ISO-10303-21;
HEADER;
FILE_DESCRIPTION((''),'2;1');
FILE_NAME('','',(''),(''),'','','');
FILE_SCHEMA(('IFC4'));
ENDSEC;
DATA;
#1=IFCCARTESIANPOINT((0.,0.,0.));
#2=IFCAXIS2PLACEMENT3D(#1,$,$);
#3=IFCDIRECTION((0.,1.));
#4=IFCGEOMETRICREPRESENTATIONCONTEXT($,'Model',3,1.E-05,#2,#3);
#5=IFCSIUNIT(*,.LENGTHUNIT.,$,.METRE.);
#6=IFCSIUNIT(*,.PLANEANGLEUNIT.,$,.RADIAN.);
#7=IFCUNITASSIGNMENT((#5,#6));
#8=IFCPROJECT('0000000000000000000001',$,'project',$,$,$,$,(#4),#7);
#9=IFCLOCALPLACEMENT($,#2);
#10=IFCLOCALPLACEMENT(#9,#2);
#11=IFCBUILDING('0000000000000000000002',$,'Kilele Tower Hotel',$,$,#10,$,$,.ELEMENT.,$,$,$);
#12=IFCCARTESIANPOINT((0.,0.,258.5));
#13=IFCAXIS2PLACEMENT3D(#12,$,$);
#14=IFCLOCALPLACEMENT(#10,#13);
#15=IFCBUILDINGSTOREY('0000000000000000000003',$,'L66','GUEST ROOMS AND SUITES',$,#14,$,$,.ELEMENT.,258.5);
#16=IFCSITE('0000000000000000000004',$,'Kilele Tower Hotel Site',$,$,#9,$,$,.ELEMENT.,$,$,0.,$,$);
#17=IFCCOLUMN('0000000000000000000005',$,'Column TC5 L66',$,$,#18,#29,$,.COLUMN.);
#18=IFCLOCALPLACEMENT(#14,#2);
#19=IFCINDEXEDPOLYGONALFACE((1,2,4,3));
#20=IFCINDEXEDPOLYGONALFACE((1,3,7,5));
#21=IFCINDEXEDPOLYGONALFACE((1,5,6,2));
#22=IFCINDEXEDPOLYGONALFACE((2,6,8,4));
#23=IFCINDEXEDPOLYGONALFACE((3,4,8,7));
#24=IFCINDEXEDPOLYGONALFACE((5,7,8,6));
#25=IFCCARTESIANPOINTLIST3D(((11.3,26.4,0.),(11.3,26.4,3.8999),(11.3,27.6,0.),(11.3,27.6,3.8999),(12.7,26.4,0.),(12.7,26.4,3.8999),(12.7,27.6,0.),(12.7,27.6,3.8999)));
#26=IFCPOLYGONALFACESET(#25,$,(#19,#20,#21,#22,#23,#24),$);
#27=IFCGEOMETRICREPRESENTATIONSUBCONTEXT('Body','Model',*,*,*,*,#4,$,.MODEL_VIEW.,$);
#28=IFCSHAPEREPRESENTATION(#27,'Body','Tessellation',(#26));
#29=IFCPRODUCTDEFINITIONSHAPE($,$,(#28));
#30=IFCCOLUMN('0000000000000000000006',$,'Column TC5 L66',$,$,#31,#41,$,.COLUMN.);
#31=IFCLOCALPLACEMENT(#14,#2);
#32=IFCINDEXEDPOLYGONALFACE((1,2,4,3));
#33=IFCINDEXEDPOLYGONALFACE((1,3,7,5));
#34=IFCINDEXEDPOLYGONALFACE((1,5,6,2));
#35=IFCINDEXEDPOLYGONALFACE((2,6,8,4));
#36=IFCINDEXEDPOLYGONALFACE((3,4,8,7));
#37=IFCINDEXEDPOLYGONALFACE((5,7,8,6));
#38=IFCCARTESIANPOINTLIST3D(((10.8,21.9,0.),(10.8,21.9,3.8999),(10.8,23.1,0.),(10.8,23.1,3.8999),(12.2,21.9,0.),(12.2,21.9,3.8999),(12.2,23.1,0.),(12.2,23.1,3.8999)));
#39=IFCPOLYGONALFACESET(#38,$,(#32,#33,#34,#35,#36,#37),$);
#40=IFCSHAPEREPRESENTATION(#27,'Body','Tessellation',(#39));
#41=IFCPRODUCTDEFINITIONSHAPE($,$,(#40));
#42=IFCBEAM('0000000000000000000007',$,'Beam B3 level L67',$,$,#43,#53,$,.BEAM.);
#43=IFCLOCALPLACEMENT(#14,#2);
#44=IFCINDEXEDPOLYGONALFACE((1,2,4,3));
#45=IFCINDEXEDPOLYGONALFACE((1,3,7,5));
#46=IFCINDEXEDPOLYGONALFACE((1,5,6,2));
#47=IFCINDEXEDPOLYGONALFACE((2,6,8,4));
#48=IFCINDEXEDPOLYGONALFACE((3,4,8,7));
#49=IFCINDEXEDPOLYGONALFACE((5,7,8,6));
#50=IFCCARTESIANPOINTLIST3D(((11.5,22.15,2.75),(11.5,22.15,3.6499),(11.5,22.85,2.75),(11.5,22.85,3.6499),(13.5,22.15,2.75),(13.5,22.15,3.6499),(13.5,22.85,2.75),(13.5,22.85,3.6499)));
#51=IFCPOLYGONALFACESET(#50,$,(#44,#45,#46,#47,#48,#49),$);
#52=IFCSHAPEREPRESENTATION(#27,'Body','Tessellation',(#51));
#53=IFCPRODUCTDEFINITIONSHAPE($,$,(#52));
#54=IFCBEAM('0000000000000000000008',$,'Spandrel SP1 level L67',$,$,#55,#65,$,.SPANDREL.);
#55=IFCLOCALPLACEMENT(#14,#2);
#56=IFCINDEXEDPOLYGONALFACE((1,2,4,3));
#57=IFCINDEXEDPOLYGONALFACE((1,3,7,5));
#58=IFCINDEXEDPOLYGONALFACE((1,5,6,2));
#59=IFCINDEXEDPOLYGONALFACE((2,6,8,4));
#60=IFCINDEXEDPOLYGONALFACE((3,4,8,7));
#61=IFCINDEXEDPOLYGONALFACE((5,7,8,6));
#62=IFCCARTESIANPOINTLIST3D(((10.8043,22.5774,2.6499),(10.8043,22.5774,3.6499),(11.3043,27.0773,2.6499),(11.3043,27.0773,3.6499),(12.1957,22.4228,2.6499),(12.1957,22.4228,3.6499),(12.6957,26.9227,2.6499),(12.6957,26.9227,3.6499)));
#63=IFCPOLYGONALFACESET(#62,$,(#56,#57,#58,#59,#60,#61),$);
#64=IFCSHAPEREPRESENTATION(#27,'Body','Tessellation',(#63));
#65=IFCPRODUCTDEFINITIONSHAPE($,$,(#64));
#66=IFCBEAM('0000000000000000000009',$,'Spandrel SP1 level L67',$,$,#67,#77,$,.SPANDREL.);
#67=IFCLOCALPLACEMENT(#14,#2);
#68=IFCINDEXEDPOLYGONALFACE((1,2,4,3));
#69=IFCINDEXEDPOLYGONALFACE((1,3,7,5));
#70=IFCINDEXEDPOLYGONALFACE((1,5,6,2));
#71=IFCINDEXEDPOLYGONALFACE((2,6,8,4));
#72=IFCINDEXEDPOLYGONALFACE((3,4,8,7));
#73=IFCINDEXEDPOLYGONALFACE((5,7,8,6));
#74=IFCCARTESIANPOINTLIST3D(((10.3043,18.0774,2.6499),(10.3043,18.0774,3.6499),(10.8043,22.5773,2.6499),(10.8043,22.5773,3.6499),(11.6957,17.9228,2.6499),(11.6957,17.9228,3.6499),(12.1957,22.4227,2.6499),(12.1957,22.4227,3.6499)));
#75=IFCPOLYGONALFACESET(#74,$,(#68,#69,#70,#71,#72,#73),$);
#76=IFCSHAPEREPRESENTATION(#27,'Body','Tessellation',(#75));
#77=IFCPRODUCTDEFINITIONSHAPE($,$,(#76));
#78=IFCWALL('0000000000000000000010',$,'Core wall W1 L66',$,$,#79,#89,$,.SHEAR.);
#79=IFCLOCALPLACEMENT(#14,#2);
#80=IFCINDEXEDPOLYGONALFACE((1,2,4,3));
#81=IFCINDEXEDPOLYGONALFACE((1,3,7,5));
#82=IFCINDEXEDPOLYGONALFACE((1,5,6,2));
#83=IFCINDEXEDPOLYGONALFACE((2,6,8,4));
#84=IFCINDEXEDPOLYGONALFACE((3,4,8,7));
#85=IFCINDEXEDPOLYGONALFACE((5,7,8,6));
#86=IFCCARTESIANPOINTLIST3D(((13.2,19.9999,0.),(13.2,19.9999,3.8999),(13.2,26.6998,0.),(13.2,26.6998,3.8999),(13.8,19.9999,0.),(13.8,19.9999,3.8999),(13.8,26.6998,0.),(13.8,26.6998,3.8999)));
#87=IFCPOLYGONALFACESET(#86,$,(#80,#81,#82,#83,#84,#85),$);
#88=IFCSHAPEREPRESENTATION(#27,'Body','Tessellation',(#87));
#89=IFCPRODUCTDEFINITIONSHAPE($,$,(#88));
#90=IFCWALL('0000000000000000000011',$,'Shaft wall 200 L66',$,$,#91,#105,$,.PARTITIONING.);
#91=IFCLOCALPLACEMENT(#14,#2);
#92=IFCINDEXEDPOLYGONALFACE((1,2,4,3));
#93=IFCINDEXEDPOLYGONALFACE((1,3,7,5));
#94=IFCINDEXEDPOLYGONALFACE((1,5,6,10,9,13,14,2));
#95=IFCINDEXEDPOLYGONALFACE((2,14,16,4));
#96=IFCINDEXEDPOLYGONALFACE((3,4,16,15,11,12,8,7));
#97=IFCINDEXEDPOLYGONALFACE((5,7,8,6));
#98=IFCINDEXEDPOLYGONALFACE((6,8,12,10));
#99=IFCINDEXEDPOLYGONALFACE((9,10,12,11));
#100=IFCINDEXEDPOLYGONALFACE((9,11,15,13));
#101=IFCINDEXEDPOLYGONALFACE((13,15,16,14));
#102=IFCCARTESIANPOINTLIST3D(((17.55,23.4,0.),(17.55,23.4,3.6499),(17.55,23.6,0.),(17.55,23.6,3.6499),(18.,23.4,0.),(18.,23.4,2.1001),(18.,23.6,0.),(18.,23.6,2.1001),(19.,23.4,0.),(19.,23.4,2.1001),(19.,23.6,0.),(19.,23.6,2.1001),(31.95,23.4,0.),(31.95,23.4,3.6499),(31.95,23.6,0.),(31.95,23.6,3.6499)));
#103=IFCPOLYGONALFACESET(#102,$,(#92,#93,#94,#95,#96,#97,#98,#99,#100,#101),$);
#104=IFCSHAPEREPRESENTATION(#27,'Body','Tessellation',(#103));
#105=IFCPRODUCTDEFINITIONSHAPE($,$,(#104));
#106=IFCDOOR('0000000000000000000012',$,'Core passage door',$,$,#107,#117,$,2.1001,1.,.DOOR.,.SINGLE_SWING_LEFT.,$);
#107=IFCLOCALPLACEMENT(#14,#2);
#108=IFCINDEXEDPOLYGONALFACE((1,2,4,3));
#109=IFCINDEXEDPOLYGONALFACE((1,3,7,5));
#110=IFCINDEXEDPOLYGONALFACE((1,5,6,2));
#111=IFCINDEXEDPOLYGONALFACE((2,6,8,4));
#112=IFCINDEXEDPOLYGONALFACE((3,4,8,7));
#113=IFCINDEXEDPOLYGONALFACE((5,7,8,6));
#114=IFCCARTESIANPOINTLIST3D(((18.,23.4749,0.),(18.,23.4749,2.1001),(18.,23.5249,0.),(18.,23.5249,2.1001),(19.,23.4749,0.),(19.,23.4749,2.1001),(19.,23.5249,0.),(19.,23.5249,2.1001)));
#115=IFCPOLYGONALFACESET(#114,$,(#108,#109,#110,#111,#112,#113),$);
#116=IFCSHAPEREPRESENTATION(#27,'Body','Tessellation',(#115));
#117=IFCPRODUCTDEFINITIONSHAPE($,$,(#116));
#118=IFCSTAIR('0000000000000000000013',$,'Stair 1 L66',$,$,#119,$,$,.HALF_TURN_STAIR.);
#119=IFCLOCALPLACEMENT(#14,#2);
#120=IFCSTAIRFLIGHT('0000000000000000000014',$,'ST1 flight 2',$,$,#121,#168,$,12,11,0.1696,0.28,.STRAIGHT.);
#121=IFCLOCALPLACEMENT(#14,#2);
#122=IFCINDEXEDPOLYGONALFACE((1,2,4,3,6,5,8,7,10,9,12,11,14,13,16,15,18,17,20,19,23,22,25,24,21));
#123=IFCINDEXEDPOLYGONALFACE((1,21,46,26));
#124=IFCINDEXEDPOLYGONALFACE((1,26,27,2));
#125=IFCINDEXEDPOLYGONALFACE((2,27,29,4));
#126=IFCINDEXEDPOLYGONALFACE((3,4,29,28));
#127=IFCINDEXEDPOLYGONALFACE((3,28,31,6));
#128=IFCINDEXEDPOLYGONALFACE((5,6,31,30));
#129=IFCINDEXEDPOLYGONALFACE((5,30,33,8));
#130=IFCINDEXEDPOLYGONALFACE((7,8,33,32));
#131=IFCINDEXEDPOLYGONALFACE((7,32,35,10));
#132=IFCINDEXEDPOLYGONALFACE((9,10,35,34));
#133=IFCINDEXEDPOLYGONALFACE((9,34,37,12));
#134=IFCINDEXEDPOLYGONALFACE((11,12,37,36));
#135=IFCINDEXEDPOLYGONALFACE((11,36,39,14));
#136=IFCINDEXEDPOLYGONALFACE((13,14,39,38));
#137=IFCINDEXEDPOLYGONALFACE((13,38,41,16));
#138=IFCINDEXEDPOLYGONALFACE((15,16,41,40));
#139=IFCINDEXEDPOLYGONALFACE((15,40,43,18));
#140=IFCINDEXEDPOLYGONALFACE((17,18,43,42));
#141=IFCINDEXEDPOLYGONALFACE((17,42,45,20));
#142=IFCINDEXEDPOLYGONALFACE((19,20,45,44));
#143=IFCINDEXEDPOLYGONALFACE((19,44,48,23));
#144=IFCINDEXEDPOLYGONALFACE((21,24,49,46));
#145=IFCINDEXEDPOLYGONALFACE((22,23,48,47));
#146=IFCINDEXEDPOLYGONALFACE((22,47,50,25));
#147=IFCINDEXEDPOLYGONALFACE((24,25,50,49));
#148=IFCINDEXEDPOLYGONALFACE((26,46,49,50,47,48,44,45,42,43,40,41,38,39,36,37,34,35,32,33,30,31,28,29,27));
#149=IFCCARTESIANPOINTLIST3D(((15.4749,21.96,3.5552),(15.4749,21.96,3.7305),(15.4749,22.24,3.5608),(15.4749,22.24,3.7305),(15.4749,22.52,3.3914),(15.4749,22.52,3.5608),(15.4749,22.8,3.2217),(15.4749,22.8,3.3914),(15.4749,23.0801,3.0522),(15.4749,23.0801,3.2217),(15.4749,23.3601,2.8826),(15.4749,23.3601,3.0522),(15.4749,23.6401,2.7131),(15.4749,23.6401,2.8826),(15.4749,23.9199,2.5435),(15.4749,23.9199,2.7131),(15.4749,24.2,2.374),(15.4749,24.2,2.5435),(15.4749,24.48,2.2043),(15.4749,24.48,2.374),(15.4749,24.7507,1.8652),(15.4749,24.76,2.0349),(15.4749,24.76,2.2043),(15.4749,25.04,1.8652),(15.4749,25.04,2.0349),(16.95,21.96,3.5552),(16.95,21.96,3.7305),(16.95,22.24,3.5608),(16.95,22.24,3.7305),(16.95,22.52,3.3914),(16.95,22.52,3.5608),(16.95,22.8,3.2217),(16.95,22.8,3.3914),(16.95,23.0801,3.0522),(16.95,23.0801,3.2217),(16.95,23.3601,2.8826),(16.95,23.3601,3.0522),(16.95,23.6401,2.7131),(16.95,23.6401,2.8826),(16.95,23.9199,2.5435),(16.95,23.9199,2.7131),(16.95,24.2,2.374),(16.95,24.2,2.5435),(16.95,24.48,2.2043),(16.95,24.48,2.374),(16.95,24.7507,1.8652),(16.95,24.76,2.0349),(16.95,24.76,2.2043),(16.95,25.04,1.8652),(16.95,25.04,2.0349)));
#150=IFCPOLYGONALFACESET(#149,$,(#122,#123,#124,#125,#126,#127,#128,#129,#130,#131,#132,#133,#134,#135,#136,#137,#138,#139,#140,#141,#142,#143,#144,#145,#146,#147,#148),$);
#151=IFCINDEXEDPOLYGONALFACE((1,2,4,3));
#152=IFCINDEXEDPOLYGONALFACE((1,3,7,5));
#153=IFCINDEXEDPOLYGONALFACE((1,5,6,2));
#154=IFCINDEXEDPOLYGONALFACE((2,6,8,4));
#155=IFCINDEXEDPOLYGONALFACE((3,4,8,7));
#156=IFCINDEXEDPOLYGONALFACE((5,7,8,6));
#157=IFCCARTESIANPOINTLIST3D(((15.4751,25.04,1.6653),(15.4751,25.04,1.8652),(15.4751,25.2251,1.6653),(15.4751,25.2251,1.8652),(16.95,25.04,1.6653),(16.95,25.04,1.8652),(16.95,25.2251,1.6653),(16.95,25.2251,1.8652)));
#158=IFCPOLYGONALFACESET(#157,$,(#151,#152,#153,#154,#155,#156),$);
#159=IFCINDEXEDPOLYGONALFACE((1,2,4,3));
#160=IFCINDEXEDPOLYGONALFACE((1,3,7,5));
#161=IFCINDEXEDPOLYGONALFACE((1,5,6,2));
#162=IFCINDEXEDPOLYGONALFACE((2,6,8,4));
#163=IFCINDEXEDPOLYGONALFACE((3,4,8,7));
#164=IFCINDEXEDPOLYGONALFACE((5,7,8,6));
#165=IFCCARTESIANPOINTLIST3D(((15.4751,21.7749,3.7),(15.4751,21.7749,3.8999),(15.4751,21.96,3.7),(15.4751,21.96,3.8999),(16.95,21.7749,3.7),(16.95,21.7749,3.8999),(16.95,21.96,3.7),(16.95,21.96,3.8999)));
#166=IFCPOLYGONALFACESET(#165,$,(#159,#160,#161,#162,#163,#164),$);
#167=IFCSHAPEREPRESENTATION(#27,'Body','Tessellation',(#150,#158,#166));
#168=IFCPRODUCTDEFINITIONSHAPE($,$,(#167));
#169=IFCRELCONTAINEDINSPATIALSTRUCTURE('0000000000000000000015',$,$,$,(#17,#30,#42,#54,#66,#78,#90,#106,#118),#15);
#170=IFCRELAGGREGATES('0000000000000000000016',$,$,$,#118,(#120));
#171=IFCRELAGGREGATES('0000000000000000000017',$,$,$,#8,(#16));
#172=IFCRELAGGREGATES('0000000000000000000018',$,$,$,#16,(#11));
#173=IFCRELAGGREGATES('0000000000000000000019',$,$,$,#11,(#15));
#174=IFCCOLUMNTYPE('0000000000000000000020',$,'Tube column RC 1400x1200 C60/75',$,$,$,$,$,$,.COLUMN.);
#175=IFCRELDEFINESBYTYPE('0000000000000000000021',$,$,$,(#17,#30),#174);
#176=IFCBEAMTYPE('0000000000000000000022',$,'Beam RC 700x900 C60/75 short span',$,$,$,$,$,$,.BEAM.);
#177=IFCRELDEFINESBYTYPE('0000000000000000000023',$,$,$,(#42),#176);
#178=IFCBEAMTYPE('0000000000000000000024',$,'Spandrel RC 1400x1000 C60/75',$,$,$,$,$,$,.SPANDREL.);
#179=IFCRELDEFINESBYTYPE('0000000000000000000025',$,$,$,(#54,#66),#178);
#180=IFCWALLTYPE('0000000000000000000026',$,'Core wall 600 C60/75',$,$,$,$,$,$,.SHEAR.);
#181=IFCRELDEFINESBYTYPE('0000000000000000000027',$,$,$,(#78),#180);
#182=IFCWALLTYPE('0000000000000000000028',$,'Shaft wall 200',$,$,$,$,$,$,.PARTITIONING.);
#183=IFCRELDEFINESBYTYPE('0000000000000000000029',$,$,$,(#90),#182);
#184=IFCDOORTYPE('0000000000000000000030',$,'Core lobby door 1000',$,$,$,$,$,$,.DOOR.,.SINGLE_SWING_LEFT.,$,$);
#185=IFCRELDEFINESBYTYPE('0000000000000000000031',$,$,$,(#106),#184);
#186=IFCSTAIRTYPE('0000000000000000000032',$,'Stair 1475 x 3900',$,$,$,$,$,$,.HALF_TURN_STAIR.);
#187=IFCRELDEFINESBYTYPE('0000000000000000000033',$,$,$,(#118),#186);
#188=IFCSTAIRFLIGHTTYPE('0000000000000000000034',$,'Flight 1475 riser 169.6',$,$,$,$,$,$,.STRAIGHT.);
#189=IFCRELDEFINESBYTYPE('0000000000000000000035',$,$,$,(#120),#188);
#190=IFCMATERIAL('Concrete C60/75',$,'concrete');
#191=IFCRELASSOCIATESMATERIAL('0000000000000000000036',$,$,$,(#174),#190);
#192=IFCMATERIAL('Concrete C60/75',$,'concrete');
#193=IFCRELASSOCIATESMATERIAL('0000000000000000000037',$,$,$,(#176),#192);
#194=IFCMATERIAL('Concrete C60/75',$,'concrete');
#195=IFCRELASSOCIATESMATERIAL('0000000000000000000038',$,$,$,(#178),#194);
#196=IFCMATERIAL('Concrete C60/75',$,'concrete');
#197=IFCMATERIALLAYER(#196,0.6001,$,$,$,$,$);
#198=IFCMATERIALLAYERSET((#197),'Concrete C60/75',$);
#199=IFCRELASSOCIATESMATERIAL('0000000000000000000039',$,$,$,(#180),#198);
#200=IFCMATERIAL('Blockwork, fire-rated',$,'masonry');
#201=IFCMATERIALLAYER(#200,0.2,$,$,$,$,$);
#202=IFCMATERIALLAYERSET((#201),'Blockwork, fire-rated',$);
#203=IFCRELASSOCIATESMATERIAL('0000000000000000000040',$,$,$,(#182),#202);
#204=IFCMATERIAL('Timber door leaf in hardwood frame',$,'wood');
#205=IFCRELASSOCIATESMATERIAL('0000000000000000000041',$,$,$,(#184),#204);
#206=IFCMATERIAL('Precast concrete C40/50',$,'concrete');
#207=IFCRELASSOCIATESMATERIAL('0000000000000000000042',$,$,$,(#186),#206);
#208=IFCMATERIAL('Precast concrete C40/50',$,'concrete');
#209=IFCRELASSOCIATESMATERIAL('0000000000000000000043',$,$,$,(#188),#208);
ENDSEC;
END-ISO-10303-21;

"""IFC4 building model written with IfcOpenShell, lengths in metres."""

from ifc_helpers import new_model, si_unit, direction, frame, frame_2d, origin, origin_2d, place, context, subcontext, project, spatial, polyline, rectangle, outline, extrude, material, layer, layer_set, material_profile, profile_set, type_object, element, fill, aggregate, save


model = new_model("IFC4")

# Units and contexts
model_context = context("Model", 3, precision=1e-05, world=origin(), true_north=direction((0.0, 1.0)))
body_context = subcontext(model_context, "Body", "Model", "MODEL_VIEW")
ifc_project = project(units=[si_unit("LENGTHUNIT", "METRE"), si_unit("PLANEANGLEUNIT", "RADIAN")], contexts=[model_context])

# Site, building, storey
site_placement = place(None, origin())
site = spatial("IfcSite", under=ifc_project, at=site_placement, Name="Kilele Tower Hotel Site", CompositionType="ELEMENT", RefElevation=0.0)
building_placement = place(site_placement, origin())
building = spatial("IfcBuilding", under=site, at=building_placement, Name="Kilele Tower Hotel", CompositionType="ELEMENT")
storey_placement = place(building_placement, frame((0.0, 0.0, 258.5)))
storey = spatial("IfcBuildingStorey", under=building, at=storey_placement, Name="L66", Description="GUEST ROOMS AND SUITES", CompositionType="ELEMENT", Elevation=258.5)

# Columns
ifc_material_1 = material(Name="Concrete C60/75", Category="concrete")
ifc_material_profile_1 = material_profile(ifc_material_1, rectangle(XDim=1.3999, YDim=1.2, at=origin_2d()))
ifc_profile_set_1 = profile_set([ifc_material_profile_1], Name="Concrete C60/75")
column_type = type_object("IfcColumnType", Name="Tube column RC 1400x1200 C60/75", PredefinedType="COLUMN", material=ifc_profile_set_1)
for number, where, z_axis, x_axis, name in (
    (1, (12.0, 27.0, 0.0), (0.0, 0.0, 1.0), (1.0, 0.0, 0.0), "Column TC5 L66"),
    (2, (11.5, 22.5, 0.0), (0.0, 0.0, 1.0), (1.0, 0.0, 0.0), "Column TC5 L66"),
):
    element("IfcColumn", number, at=place(storey_placement, frame(where, z_axis=z_axis, x_axis=x_axis)), inside=storey, type_object=column_type, Name=name, PredefinedType="COLUMN", context=body_context, shape_type="SweptSolid", body=[
        extrude(rectangle(XDim=1.3999, YDim=1.2, at=origin_2d()), origin(), (0.0, 0.0, 1.0), 3.8999),
    ])

# Beams
ifc_material_2 = material(Name="Concrete C60/75", Category="concrete")
ifc_material_profile_2 = material_profile(ifc_material_2, rectangle(XDim=0.7, YDim=0.8999, at=origin_2d()))
ifc_profile_set_2 = profile_set([ifc_material_profile_2], Name="Concrete C60/75")
beam_type_1 = type_object("IfcBeamType", Name="Beam RC 700x900 C60/75 short span", PredefinedType="BEAM", material=ifc_profile_set_2)
beam_placement = place(storey_placement, frame((11.5, 22.5, 3.2), z_axis=(1.0, 0.0, 0.0), x_axis=(0.0, 1.0, 0.0)))
element("IfcBeam", 3, at=beam_placement, inside=storey, type_object=beam_type_1, Name="Beam B3 level L67", PredefinedType="BEAM", context=body_context, shape_type="SweptSolid", body=[
    extrude(rectangle(XDim=0.7, YDim=0.8999, at=origin_2d()), origin(), (0.0, 0.0, 1.0), 2.0),
])
ifc_material_3 = material(Name="Concrete C60/75", Category="concrete")
ifc_material_profile_3 = material_profile(ifc_material_3, rectangle(XDim=1.3999, YDim=1.0, at=origin_2d()))
ifc_profile_set_3 = profile_set([ifc_material_profile_3], Name="Concrete C60/75")
beam_type_2 = type_object("IfcBeamType", Name="Spandrel RC 1400x1000 C60/75", PredefinedType="SPANDREL", material=ifc_profile_set_3)
for number, where, z_axis, x_axis, name in (
    (4, (12.0, 27.0, 3.1499), (-0.110432, -0.993884, 0.0), (0.993884, -0.110432, 0.0), "Spandrel SP1 level L67"),
    (5, (11.5, 22.5, 3.1499), (-0.110432, -0.993884, 0.0), (0.993884, -0.110432, 0.0), "Spandrel SP1 level L67"),
):
    element("IfcBeam", number, at=place(storey_placement, frame(where, z_axis=z_axis, x_axis=x_axis)), inside=storey, type_object=beam_type_2, Name=name, PredefinedType="SPANDREL", context=body_context, shape_type="SweptSolid", body=[
        extrude(rectangle(XDim=1.3999, YDim=1.0, at=origin_2d()), origin(), (0.0, 0.0, 1.0), 4.5276),
    ])

# Wall
ifc_material_4 = material(Name="Concrete C60/75", Category="concrete")
ifc_layer_1 = layer(ifc_material_4, 0.6001)
ifc_layer_set_1 = layer_set([ifc_layer_1], Name="Concrete C60/75")
wall_type_1 = type_object("IfcWallType", Name="Core wall 600 C60/75", PredefinedType="SHEAR", material=ifc_layer_set_1)
wall_1_placement = place(storey_placement, frame((13.5, 26.7, 0.0), z_axis=(0.0, 0.0, 1.0), x_axis=(0.0, -1.0, 0.0)))
element("IfcWall", 6, at=wall_1_placement, inside=storey, type_object=wall_type_1, Name="Core wall W1 L66", PredefinedType="SHEAR", context=body_context, shape_type="SweptSolid", body=[
    extrude(rectangle(XDim=6.7, YDim=0.6001, at=frame_2d((3.3501, 0.0))), origin(), (0.0, 0.0, 1.0), 3.8999),
])

# Wall, opening, door
ifc_material_5 = material(Name="Blockwork, fire-rated", Category="masonry")
ifc_layer_2 = layer(ifc_material_5, 0.2)
ifc_layer_set_2 = layer_set([ifc_layer_2], Name="Blockwork, fire-rated")
wall_type_2 = type_object("IfcWallType", Name="Shaft wall 200", PredefinedType="PARTITIONING", material=ifc_layer_set_2)
wall_2_placement = place(storey_placement, frame((17.55, 23.5, 0.0), z_axis=(0.0, 0.0, 1.0), x_axis=(1.0, 0.0, 0.0)))
wall_2 = element("IfcWall", 7, at=wall_2_placement, inside=storey, type_object=wall_type_2, Name="Shaft wall 200 L66", PredefinedType="PARTITIONING", context=body_context, shape_type="SweptSolid", body=[
    extrude(rectangle(XDim=14.3999, YDim=0.2, at=frame_2d((7.2, 0.0))), origin(), (0.0, 0.0, 1.0), 3.6499),
])
opening_placement = place(wall_2_placement, frame((0.45, 0.0, 0.0)))
opening = element("IfcOpeningElement", 8, at=opening_placement, cuts=wall_2, PredefinedType="OPENING", context=body_context, shape_type="SweptSolid", body=[
    extrude(rectangle(XDim=1.0, YDim=2.1001, at=frame_2d((0.5, 1.05))), frame((0.0, 0.1099, 0.0), z_axis=(0.0, -1.0, 0.0), x_axis=(1.0, 0.0, 0.0)), (0.0, 0.0, 1.0), 0.22),
])
ifc_material_6 = material(Name="Timber door leaf in hardwood frame", Category="wood")
door_type = type_object("IfcDoorType", Name="Core lobby door 1000", OperationType="SINGLE_SWING_LEFT", PredefinedType="DOOR", material=ifc_material_6)
door_placement = place(opening_placement, origin())
door = element("IfcDoor", 9, at=door_placement, inside=storey, type_object=door_type, Name="Core passage door", OperationType="SINGLE_SWING_LEFT", OverallHeight=2.1001, OverallWidth=1.0, PredefinedType="DOOR", context=body_context, shape_type="SweptSolid", body=[
    extrude(rectangle(XDim=1.0, YDim=2.1001, at=frame_2d((0.5, 1.05))), frame((0.0, 0.0249, 0.0), z_axis=(0.0, -1.0, 0.0), x_axis=(1.0, 0.0, 0.0)), (0.0, 0.0, 1.0), 0.05),
])
fill(opening, door)

# Stair, stair flight
ifc_material_7 = material(Name="Precast concrete C40/50", Category="concrete")
stair_type = type_object("IfcStairType", Name="Stair 1475 x 3900", PredefinedType="HALF_TURN_STAIR", material=ifc_material_7)
stair_placement = place(storey_placement, origin())
stair = element("IfcStair", 10, at=stair_placement, inside=storey, type_object=stair_type, Name="Stair 1 L66", PredefinedType="HALF_TURN_STAIR")
ifc_material_8 = material(Name="Precast concrete C40/50", Category="concrete")
stair_flight_type = type_object("IfcStairFlightType", Name="Flight 1475 riser 169.6", PredefinedType="STRAIGHT", material=ifc_material_8)
stair_flight_placement = place(storey_placement, frame((16.2124, 25.04, 1.8652), z_axis=(0.0, 0.0, 1.0), x_axis=(0.0, -1.0, 0.0)))
stair_flight = element("IfcStairFlight", 11, at=stair_flight_placement, type_object=stair_flight_type, Name="ST1 flight 2", NumberOfRisers=12, NumberOfTreads=11, PredefinedType="STRAIGHT", RiserHeight=0.1696, TreadLength=0.28, context=body_context, shape_type="SweptSolid", body=[
    extrude(outline(polyline([(0.0, 0.0), (0.0, 0.1697), (0.28, 0.1697), (0.28, 0.3391), (0.5601, 0.3391), (0.5601, 0.5088), (0.8401, 0.5088), (0.8401, 0.6782), (1.1201, 0.6782), (1.1201, 0.8479), (1.3999, 0.8479), (1.3999, 1.0173), (1.6799, 1.0173), (1.6799, 1.187), (1.96, 1.187), (1.96, 1.3564), (2.24, 1.3564), (2.24, 1.5261), (2.52, 1.5261), (2.52, 1.6956), (2.8, 1.6956), (2.8, 1.8652), (3.0801, 1.8652), (3.0801, 2.0347), (3.0801, 1.6899), (0.2893, 0.0), (0.0, 0.0)])), frame((0.0, 0.7375, 0.0), z_axis=(0.0, -1.0, 0.0), x_axis=(1.0, 0.0, 0.0)), (0.0, 0.0, 1.0), 1.4751),
    extrude(outline(polyline([(0.0, -0.7373), (0.0, 0.7375), (-0.1851, 0.7375), (-0.1851, -0.7373), (0.0, -0.7373)])), frame((0.0, 0.0, -0.2)), (0.0, 0.0, 1.0), 0.2),
    extrude(outline(polyline([(3.2651, -0.7373), (3.2651, 0.7375), (3.0801, 0.7375), (3.0801, -0.7373), (3.2651, -0.7373)])), frame((0.0, 0.0, 1.8347)), (0.0, 0.0, 1.0), 0.2),
])
aggregate(stair, [stair_flight])

save(model, "model.ifc")
